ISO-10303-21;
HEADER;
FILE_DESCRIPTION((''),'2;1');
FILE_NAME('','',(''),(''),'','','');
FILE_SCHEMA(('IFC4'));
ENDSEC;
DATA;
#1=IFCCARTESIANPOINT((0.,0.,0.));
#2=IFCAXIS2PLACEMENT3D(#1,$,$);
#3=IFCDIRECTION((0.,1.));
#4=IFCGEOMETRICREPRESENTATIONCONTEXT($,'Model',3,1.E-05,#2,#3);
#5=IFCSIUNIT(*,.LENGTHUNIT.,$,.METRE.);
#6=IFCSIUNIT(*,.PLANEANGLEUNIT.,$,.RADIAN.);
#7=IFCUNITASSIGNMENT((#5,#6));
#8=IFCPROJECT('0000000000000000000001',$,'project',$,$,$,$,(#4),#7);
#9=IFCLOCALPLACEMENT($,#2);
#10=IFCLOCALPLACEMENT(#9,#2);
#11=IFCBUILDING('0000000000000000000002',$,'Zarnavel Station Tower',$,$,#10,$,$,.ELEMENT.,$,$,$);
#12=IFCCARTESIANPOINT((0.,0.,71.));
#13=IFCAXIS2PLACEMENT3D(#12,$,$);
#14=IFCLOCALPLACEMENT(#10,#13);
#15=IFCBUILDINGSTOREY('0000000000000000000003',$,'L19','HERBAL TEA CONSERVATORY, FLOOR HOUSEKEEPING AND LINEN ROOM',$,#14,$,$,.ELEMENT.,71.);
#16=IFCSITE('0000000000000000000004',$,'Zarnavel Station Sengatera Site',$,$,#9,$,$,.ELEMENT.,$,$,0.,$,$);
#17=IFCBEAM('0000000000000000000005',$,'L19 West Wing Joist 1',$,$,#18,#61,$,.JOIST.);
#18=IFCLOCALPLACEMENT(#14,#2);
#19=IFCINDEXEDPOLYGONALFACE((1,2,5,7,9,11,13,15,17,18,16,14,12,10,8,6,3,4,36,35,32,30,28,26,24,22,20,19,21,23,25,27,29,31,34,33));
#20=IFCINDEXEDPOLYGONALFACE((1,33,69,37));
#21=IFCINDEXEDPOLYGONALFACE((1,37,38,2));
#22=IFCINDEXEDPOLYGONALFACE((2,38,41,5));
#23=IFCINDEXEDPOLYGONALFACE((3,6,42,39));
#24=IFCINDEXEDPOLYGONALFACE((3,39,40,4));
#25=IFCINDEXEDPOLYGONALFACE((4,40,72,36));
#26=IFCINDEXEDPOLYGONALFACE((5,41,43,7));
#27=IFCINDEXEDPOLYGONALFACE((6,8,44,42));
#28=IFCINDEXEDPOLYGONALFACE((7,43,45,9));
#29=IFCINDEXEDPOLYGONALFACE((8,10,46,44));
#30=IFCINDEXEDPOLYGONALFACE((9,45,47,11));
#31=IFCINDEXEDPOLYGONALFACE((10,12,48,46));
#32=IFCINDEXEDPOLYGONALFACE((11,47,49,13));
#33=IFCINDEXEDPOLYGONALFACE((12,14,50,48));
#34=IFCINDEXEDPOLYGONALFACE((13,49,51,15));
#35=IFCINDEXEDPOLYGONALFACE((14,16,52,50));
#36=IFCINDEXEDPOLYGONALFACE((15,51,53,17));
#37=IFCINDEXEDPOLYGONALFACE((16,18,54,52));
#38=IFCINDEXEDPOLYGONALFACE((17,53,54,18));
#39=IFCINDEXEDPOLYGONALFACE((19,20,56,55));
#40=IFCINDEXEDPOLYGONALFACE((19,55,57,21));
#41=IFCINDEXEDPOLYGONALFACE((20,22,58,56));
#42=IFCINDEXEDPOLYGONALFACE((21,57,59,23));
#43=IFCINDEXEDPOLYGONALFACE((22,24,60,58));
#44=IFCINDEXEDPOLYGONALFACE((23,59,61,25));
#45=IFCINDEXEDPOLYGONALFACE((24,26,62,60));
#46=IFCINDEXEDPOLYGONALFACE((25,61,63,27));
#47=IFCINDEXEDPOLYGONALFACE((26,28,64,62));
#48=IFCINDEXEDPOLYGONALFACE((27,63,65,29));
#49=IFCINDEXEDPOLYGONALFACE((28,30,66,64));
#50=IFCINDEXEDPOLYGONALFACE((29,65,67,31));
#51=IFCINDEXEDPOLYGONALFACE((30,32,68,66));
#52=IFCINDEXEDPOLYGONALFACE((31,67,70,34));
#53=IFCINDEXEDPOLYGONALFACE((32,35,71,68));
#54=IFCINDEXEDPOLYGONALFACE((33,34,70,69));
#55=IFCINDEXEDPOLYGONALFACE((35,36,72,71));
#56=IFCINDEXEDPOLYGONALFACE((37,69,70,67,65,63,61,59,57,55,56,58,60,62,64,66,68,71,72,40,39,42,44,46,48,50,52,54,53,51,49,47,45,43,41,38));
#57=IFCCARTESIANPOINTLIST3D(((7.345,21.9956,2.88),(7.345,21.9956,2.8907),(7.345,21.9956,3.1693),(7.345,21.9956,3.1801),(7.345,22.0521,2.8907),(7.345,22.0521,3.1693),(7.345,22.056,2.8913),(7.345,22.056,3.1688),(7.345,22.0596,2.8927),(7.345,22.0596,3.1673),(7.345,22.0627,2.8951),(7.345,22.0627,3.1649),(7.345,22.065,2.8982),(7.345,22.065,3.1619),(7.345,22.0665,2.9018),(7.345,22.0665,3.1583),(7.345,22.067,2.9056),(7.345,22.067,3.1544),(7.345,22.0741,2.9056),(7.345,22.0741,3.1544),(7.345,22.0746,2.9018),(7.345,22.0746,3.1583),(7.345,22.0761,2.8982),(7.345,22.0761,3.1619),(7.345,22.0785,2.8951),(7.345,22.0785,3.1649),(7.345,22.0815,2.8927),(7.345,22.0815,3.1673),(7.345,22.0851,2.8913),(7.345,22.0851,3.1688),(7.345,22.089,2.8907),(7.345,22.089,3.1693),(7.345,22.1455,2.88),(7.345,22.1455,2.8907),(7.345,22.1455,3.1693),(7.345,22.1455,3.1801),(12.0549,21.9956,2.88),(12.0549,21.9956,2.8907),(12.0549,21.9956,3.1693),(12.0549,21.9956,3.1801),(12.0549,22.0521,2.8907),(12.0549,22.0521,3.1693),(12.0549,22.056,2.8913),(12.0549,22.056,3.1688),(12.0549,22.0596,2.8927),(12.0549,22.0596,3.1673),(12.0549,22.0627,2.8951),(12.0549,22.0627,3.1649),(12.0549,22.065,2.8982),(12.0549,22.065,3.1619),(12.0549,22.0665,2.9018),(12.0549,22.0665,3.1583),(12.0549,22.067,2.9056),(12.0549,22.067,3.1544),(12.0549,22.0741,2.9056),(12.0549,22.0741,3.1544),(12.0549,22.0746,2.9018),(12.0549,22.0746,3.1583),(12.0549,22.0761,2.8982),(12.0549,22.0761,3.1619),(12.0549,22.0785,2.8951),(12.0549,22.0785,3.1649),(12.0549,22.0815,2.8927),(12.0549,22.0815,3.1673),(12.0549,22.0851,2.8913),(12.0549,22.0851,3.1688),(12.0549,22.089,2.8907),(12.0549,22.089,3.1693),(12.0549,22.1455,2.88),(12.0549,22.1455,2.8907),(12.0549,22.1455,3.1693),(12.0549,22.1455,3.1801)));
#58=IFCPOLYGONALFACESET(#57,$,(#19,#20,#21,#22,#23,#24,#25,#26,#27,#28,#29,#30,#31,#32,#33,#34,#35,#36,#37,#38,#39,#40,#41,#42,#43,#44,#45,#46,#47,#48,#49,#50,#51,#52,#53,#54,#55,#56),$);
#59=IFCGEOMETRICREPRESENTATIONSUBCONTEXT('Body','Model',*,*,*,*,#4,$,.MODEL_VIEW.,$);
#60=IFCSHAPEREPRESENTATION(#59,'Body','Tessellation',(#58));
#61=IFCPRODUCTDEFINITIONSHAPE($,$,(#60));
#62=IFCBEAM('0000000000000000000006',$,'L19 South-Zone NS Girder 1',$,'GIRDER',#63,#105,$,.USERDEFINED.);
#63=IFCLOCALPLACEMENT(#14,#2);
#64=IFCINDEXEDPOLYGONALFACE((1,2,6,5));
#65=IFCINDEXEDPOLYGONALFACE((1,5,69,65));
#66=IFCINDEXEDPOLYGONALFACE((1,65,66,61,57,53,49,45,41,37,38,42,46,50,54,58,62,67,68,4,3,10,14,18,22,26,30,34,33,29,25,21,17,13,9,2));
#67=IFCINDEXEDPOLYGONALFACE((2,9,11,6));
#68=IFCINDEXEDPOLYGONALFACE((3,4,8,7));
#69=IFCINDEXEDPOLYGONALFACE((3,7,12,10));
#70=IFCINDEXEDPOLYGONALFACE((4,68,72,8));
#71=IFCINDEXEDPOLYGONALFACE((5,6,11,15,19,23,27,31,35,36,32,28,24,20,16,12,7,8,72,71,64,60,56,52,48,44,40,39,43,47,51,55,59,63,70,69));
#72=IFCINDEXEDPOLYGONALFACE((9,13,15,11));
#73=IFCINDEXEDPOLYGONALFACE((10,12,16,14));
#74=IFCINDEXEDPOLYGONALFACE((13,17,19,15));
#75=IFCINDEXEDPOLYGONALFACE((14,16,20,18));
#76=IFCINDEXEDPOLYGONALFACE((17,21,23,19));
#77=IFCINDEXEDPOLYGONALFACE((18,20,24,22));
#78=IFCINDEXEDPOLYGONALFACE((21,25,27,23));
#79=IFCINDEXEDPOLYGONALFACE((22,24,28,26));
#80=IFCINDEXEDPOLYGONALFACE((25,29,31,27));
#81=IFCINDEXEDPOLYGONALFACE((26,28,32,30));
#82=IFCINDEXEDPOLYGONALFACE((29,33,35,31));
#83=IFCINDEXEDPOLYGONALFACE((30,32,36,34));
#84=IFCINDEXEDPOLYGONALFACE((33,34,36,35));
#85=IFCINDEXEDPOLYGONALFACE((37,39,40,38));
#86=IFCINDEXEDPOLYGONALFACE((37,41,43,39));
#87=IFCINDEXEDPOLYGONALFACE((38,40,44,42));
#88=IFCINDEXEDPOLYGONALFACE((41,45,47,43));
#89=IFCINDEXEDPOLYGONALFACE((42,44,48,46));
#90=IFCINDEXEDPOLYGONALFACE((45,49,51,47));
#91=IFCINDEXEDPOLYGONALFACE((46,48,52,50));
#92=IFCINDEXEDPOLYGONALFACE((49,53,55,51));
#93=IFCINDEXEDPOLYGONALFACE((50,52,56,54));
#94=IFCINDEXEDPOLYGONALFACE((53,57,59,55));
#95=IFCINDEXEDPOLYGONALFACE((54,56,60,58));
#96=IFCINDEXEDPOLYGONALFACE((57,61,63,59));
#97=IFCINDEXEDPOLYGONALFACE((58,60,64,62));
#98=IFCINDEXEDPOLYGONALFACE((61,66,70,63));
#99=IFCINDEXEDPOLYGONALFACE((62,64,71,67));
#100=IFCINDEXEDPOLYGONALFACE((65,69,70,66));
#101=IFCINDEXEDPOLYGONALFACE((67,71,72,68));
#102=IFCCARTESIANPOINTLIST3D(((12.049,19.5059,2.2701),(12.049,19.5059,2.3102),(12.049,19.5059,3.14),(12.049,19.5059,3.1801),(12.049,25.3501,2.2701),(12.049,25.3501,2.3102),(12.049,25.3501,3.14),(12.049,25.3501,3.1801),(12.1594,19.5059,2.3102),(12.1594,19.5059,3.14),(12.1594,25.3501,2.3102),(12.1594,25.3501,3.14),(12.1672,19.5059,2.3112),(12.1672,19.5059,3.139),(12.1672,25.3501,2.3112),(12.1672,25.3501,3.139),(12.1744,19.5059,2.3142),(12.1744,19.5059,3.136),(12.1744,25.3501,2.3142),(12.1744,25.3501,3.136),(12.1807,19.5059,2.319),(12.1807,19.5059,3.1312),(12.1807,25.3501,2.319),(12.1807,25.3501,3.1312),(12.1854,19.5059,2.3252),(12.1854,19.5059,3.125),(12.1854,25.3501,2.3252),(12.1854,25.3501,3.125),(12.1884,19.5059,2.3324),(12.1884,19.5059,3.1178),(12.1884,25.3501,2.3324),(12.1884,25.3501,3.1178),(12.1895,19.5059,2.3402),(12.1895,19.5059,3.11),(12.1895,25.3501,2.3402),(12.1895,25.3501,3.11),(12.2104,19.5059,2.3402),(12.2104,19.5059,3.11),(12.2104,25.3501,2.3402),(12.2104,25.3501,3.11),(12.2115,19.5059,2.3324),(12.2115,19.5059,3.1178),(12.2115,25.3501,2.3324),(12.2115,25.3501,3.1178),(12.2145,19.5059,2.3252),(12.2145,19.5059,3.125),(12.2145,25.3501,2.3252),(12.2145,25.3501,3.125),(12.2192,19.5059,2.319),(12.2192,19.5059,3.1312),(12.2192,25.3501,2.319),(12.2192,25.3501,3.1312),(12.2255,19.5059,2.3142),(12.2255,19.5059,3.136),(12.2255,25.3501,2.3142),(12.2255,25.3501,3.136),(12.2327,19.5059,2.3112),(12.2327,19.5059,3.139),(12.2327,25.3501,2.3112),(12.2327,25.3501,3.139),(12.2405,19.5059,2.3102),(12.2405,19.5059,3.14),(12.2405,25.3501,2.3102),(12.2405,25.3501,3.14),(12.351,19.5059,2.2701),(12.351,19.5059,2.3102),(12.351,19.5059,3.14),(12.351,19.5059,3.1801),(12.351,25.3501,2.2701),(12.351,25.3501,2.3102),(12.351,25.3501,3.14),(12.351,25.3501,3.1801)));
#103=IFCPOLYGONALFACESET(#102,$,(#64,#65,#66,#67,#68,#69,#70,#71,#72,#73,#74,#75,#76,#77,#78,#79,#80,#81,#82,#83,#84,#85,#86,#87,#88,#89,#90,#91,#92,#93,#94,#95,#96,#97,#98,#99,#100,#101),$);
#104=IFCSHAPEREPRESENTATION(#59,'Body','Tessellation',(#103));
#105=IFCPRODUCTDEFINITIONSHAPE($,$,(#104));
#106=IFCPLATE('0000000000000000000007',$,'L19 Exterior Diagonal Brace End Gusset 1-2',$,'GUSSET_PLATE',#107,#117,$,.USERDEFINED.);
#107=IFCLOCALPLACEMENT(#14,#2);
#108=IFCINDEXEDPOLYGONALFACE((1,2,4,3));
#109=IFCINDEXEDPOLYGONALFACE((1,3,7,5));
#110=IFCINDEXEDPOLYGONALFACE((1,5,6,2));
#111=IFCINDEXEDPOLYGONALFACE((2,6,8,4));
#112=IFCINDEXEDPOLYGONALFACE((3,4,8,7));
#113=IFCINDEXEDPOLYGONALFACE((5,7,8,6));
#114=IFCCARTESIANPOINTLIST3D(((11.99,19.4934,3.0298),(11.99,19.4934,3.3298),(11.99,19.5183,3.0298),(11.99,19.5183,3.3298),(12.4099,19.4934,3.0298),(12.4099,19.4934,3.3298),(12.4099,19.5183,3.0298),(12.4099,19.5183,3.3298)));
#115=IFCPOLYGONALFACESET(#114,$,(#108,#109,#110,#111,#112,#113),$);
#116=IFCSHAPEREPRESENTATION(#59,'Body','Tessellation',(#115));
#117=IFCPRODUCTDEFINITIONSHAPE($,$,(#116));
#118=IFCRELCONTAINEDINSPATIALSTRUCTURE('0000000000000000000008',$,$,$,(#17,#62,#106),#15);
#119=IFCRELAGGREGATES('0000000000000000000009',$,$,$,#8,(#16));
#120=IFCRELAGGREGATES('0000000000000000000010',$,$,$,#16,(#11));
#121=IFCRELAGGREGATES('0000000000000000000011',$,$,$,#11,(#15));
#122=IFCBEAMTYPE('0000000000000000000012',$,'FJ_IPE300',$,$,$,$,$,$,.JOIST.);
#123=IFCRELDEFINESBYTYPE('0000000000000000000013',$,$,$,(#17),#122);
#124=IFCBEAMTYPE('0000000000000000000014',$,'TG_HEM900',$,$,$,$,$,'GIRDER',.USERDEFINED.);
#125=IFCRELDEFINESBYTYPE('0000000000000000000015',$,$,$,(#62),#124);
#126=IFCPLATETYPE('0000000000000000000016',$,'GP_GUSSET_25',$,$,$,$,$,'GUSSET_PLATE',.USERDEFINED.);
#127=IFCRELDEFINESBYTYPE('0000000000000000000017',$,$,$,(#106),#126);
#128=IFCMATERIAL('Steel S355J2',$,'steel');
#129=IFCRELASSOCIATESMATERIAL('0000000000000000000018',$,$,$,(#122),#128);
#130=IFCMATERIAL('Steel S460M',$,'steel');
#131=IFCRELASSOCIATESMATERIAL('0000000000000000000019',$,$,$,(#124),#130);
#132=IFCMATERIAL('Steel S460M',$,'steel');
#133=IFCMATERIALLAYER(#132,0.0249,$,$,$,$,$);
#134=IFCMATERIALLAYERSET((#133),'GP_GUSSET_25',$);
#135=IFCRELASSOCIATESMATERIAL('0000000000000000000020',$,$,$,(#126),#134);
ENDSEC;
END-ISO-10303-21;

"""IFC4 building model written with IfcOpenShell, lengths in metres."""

from ifc_helpers import new_model, si_unit, direction, frame, origin, origin_2d, place, context, subcontext, project, spatial, rectangle, i_section, extrude, material, layer, layer_set, material_profile, profile_set, type_object, element, save


model = new_model("IFC4")

# Units and contexts
model_context = context("Model", 3, precision=1e-05, world=origin(), true_north=direction((0.0, 1.0)))
body_context = subcontext(model_context, "Body", "Model", "MODEL_VIEW")
ifc_project = project(units=[si_unit("LENGTHUNIT", "METRE"), si_unit("PLANEANGLEUNIT", "RADIAN")], contexts=[model_context])

# Site, building, storey
site_placement = place(None, origin())
site = spatial("IfcSite", under=ifc_project, at=site_placement, Name="Zarnavel Station Sengatera Site", CompositionType="ELEMENT", RefElevation=0.0)
building_placement = place(site_placement, origin())
building = spatial("IfcBuilding", under=site, at=building_placement, Name="Zarnavel Station Tower", CompositionType="ELEMENT")
storey_placement = place(building_placement, frame((0.0, 0.0, 71.0)))
storey = spatial("IfcBuildingStorey", under=building, at=storey_placement, Name="L19", Description="HERBAL TEA CONSERVATORY, FLOOR HOUSEKEEPING AND LINEN ROOM", CompositionType="ELEMENT", Elevation=71.0)

# Beams
ifc_material_1 = material(Name="Steel S355J2", Category="steel")
ifc_material_profile_1 = material_profile(ifc_material_1, i_section(OverallWidth=0.1499, OverallDepth=0.3, WebThickness=0.0071, FlangeThickness=0.0107, FilletRadius=0.0149, at=origin_2d()), Name="IPE300")
ifc_profile_set_1 = profile_set([ifc_material_profile_1], Name="Steel S355J2")
beam_type_1 = type_object("IfcBeamType", Name="FJ_IPE300", PredefinedType="JOIST", material=ifc_profile_set_1)
beam_1_placement = place(storey_placement, frame((7.345, 22.0706, 3.03), z_axis=(1.0, 0.0, 0.0), x_axis=(0.0, 1.0, 0.0)))
element("IfcBeam", 1, at=beam_1_placement, inside=storey, type_object=beam_type_1, Name="L19 West Wing Joist 1", PredefinedType="JOIST", context=body_context, shape_type="SweptSolid", body=[
    extrude(i_section(OverallWidth=0.1499, OverallDepth=0.3, WebThickness=0.0071, FlangeThickness=0.0107, FilletRadius=0.0149, at=origin_2d()), origin(), (0.0, 0.0, 1.0), 4.71),
])
ifc_material_2 = material(Name="Steel S460M", Category="steel")
ifc_material_profile_2 = material_profile(ifc_material_2, i_section(OverallWidth=0.302, OverallDepth=0.9099, WebThickness=0.021, FlangeThickness=0.04, FilletRadius=0.03, at=origin_2d()), Name="HEM900")
ifc_profile_set_2 = profile_set([ifc_material_profile_2], Name="Steel S460M")
beam_type_2 = type_object("IfcBeamType", Name="TG_HEM900", ElementType="GIRDER", PredefinedType="USERDEFINED", material=ifc_profile_set_2)
beam_2_placement = place(storey_placement, frame((12.2, 19.5059, 2.7251), z_axis=(0.0, 1.0, 0.0), x_axis=(-1.0, 0.0, 0.0)))
element("IfcBeam", 2, at=beam_2_placement, inside=storey, type_object=beam_type_2, Name="L19 South-Zone NS Girder 1", ObjectType="GIRDER", PredefinedType="USERDEFINED", context=body_context, shape_type="SweptSolid", body=[
    extrude(i_section(OverallWidth=0.302, OverallDepth=0.9099, WebThickness=0.021, FlangeThickness=0.04, FilletRadius=0.03, at=origin_2d()), origin(), (0.0, 0.0, 1.0), 5.8442),
])

# Plate
ifc_material_3 = material(Name="Steel S460M", Category="steel")
ifc_layer_1 = layer(ifc_material_3, 0.0249)
ifc_layer_set_1 = layer_set([ifc_layer_1], Name="GP_GUSSET_25")
plate_type = type_object("IfcPlateType", Name="GP_GUSSET_25", ElementType="GUSSET_PLATE", PredefinedType="USERDEFINED", material=ifc_layer_set_1)
plate_placement = place(storey_placement, frame((12.2, 19.5059, 3.0298), z_axis=(0.0, 0.0, 1.0), x_axis=(1.0, 0.0, 0.0)))
element("IfcPlate", 3, at=plate_placement, inside=storey, type_object=plate_type, Name="L19 Exterior Diagonal Brace End Gusset 1-2", ObjectType="GUSSET_PLATE", PredefinedType="USERDEFINED", context=body_context, shape_type="SweptSolid", body=[
    extrude(rectangle(XDim=0.4199, YDim=0.0249, at=origin_2d()), origin(), (0.0, 0.0, 1.0), 0.3),
])

save(model, "model.ifc")
